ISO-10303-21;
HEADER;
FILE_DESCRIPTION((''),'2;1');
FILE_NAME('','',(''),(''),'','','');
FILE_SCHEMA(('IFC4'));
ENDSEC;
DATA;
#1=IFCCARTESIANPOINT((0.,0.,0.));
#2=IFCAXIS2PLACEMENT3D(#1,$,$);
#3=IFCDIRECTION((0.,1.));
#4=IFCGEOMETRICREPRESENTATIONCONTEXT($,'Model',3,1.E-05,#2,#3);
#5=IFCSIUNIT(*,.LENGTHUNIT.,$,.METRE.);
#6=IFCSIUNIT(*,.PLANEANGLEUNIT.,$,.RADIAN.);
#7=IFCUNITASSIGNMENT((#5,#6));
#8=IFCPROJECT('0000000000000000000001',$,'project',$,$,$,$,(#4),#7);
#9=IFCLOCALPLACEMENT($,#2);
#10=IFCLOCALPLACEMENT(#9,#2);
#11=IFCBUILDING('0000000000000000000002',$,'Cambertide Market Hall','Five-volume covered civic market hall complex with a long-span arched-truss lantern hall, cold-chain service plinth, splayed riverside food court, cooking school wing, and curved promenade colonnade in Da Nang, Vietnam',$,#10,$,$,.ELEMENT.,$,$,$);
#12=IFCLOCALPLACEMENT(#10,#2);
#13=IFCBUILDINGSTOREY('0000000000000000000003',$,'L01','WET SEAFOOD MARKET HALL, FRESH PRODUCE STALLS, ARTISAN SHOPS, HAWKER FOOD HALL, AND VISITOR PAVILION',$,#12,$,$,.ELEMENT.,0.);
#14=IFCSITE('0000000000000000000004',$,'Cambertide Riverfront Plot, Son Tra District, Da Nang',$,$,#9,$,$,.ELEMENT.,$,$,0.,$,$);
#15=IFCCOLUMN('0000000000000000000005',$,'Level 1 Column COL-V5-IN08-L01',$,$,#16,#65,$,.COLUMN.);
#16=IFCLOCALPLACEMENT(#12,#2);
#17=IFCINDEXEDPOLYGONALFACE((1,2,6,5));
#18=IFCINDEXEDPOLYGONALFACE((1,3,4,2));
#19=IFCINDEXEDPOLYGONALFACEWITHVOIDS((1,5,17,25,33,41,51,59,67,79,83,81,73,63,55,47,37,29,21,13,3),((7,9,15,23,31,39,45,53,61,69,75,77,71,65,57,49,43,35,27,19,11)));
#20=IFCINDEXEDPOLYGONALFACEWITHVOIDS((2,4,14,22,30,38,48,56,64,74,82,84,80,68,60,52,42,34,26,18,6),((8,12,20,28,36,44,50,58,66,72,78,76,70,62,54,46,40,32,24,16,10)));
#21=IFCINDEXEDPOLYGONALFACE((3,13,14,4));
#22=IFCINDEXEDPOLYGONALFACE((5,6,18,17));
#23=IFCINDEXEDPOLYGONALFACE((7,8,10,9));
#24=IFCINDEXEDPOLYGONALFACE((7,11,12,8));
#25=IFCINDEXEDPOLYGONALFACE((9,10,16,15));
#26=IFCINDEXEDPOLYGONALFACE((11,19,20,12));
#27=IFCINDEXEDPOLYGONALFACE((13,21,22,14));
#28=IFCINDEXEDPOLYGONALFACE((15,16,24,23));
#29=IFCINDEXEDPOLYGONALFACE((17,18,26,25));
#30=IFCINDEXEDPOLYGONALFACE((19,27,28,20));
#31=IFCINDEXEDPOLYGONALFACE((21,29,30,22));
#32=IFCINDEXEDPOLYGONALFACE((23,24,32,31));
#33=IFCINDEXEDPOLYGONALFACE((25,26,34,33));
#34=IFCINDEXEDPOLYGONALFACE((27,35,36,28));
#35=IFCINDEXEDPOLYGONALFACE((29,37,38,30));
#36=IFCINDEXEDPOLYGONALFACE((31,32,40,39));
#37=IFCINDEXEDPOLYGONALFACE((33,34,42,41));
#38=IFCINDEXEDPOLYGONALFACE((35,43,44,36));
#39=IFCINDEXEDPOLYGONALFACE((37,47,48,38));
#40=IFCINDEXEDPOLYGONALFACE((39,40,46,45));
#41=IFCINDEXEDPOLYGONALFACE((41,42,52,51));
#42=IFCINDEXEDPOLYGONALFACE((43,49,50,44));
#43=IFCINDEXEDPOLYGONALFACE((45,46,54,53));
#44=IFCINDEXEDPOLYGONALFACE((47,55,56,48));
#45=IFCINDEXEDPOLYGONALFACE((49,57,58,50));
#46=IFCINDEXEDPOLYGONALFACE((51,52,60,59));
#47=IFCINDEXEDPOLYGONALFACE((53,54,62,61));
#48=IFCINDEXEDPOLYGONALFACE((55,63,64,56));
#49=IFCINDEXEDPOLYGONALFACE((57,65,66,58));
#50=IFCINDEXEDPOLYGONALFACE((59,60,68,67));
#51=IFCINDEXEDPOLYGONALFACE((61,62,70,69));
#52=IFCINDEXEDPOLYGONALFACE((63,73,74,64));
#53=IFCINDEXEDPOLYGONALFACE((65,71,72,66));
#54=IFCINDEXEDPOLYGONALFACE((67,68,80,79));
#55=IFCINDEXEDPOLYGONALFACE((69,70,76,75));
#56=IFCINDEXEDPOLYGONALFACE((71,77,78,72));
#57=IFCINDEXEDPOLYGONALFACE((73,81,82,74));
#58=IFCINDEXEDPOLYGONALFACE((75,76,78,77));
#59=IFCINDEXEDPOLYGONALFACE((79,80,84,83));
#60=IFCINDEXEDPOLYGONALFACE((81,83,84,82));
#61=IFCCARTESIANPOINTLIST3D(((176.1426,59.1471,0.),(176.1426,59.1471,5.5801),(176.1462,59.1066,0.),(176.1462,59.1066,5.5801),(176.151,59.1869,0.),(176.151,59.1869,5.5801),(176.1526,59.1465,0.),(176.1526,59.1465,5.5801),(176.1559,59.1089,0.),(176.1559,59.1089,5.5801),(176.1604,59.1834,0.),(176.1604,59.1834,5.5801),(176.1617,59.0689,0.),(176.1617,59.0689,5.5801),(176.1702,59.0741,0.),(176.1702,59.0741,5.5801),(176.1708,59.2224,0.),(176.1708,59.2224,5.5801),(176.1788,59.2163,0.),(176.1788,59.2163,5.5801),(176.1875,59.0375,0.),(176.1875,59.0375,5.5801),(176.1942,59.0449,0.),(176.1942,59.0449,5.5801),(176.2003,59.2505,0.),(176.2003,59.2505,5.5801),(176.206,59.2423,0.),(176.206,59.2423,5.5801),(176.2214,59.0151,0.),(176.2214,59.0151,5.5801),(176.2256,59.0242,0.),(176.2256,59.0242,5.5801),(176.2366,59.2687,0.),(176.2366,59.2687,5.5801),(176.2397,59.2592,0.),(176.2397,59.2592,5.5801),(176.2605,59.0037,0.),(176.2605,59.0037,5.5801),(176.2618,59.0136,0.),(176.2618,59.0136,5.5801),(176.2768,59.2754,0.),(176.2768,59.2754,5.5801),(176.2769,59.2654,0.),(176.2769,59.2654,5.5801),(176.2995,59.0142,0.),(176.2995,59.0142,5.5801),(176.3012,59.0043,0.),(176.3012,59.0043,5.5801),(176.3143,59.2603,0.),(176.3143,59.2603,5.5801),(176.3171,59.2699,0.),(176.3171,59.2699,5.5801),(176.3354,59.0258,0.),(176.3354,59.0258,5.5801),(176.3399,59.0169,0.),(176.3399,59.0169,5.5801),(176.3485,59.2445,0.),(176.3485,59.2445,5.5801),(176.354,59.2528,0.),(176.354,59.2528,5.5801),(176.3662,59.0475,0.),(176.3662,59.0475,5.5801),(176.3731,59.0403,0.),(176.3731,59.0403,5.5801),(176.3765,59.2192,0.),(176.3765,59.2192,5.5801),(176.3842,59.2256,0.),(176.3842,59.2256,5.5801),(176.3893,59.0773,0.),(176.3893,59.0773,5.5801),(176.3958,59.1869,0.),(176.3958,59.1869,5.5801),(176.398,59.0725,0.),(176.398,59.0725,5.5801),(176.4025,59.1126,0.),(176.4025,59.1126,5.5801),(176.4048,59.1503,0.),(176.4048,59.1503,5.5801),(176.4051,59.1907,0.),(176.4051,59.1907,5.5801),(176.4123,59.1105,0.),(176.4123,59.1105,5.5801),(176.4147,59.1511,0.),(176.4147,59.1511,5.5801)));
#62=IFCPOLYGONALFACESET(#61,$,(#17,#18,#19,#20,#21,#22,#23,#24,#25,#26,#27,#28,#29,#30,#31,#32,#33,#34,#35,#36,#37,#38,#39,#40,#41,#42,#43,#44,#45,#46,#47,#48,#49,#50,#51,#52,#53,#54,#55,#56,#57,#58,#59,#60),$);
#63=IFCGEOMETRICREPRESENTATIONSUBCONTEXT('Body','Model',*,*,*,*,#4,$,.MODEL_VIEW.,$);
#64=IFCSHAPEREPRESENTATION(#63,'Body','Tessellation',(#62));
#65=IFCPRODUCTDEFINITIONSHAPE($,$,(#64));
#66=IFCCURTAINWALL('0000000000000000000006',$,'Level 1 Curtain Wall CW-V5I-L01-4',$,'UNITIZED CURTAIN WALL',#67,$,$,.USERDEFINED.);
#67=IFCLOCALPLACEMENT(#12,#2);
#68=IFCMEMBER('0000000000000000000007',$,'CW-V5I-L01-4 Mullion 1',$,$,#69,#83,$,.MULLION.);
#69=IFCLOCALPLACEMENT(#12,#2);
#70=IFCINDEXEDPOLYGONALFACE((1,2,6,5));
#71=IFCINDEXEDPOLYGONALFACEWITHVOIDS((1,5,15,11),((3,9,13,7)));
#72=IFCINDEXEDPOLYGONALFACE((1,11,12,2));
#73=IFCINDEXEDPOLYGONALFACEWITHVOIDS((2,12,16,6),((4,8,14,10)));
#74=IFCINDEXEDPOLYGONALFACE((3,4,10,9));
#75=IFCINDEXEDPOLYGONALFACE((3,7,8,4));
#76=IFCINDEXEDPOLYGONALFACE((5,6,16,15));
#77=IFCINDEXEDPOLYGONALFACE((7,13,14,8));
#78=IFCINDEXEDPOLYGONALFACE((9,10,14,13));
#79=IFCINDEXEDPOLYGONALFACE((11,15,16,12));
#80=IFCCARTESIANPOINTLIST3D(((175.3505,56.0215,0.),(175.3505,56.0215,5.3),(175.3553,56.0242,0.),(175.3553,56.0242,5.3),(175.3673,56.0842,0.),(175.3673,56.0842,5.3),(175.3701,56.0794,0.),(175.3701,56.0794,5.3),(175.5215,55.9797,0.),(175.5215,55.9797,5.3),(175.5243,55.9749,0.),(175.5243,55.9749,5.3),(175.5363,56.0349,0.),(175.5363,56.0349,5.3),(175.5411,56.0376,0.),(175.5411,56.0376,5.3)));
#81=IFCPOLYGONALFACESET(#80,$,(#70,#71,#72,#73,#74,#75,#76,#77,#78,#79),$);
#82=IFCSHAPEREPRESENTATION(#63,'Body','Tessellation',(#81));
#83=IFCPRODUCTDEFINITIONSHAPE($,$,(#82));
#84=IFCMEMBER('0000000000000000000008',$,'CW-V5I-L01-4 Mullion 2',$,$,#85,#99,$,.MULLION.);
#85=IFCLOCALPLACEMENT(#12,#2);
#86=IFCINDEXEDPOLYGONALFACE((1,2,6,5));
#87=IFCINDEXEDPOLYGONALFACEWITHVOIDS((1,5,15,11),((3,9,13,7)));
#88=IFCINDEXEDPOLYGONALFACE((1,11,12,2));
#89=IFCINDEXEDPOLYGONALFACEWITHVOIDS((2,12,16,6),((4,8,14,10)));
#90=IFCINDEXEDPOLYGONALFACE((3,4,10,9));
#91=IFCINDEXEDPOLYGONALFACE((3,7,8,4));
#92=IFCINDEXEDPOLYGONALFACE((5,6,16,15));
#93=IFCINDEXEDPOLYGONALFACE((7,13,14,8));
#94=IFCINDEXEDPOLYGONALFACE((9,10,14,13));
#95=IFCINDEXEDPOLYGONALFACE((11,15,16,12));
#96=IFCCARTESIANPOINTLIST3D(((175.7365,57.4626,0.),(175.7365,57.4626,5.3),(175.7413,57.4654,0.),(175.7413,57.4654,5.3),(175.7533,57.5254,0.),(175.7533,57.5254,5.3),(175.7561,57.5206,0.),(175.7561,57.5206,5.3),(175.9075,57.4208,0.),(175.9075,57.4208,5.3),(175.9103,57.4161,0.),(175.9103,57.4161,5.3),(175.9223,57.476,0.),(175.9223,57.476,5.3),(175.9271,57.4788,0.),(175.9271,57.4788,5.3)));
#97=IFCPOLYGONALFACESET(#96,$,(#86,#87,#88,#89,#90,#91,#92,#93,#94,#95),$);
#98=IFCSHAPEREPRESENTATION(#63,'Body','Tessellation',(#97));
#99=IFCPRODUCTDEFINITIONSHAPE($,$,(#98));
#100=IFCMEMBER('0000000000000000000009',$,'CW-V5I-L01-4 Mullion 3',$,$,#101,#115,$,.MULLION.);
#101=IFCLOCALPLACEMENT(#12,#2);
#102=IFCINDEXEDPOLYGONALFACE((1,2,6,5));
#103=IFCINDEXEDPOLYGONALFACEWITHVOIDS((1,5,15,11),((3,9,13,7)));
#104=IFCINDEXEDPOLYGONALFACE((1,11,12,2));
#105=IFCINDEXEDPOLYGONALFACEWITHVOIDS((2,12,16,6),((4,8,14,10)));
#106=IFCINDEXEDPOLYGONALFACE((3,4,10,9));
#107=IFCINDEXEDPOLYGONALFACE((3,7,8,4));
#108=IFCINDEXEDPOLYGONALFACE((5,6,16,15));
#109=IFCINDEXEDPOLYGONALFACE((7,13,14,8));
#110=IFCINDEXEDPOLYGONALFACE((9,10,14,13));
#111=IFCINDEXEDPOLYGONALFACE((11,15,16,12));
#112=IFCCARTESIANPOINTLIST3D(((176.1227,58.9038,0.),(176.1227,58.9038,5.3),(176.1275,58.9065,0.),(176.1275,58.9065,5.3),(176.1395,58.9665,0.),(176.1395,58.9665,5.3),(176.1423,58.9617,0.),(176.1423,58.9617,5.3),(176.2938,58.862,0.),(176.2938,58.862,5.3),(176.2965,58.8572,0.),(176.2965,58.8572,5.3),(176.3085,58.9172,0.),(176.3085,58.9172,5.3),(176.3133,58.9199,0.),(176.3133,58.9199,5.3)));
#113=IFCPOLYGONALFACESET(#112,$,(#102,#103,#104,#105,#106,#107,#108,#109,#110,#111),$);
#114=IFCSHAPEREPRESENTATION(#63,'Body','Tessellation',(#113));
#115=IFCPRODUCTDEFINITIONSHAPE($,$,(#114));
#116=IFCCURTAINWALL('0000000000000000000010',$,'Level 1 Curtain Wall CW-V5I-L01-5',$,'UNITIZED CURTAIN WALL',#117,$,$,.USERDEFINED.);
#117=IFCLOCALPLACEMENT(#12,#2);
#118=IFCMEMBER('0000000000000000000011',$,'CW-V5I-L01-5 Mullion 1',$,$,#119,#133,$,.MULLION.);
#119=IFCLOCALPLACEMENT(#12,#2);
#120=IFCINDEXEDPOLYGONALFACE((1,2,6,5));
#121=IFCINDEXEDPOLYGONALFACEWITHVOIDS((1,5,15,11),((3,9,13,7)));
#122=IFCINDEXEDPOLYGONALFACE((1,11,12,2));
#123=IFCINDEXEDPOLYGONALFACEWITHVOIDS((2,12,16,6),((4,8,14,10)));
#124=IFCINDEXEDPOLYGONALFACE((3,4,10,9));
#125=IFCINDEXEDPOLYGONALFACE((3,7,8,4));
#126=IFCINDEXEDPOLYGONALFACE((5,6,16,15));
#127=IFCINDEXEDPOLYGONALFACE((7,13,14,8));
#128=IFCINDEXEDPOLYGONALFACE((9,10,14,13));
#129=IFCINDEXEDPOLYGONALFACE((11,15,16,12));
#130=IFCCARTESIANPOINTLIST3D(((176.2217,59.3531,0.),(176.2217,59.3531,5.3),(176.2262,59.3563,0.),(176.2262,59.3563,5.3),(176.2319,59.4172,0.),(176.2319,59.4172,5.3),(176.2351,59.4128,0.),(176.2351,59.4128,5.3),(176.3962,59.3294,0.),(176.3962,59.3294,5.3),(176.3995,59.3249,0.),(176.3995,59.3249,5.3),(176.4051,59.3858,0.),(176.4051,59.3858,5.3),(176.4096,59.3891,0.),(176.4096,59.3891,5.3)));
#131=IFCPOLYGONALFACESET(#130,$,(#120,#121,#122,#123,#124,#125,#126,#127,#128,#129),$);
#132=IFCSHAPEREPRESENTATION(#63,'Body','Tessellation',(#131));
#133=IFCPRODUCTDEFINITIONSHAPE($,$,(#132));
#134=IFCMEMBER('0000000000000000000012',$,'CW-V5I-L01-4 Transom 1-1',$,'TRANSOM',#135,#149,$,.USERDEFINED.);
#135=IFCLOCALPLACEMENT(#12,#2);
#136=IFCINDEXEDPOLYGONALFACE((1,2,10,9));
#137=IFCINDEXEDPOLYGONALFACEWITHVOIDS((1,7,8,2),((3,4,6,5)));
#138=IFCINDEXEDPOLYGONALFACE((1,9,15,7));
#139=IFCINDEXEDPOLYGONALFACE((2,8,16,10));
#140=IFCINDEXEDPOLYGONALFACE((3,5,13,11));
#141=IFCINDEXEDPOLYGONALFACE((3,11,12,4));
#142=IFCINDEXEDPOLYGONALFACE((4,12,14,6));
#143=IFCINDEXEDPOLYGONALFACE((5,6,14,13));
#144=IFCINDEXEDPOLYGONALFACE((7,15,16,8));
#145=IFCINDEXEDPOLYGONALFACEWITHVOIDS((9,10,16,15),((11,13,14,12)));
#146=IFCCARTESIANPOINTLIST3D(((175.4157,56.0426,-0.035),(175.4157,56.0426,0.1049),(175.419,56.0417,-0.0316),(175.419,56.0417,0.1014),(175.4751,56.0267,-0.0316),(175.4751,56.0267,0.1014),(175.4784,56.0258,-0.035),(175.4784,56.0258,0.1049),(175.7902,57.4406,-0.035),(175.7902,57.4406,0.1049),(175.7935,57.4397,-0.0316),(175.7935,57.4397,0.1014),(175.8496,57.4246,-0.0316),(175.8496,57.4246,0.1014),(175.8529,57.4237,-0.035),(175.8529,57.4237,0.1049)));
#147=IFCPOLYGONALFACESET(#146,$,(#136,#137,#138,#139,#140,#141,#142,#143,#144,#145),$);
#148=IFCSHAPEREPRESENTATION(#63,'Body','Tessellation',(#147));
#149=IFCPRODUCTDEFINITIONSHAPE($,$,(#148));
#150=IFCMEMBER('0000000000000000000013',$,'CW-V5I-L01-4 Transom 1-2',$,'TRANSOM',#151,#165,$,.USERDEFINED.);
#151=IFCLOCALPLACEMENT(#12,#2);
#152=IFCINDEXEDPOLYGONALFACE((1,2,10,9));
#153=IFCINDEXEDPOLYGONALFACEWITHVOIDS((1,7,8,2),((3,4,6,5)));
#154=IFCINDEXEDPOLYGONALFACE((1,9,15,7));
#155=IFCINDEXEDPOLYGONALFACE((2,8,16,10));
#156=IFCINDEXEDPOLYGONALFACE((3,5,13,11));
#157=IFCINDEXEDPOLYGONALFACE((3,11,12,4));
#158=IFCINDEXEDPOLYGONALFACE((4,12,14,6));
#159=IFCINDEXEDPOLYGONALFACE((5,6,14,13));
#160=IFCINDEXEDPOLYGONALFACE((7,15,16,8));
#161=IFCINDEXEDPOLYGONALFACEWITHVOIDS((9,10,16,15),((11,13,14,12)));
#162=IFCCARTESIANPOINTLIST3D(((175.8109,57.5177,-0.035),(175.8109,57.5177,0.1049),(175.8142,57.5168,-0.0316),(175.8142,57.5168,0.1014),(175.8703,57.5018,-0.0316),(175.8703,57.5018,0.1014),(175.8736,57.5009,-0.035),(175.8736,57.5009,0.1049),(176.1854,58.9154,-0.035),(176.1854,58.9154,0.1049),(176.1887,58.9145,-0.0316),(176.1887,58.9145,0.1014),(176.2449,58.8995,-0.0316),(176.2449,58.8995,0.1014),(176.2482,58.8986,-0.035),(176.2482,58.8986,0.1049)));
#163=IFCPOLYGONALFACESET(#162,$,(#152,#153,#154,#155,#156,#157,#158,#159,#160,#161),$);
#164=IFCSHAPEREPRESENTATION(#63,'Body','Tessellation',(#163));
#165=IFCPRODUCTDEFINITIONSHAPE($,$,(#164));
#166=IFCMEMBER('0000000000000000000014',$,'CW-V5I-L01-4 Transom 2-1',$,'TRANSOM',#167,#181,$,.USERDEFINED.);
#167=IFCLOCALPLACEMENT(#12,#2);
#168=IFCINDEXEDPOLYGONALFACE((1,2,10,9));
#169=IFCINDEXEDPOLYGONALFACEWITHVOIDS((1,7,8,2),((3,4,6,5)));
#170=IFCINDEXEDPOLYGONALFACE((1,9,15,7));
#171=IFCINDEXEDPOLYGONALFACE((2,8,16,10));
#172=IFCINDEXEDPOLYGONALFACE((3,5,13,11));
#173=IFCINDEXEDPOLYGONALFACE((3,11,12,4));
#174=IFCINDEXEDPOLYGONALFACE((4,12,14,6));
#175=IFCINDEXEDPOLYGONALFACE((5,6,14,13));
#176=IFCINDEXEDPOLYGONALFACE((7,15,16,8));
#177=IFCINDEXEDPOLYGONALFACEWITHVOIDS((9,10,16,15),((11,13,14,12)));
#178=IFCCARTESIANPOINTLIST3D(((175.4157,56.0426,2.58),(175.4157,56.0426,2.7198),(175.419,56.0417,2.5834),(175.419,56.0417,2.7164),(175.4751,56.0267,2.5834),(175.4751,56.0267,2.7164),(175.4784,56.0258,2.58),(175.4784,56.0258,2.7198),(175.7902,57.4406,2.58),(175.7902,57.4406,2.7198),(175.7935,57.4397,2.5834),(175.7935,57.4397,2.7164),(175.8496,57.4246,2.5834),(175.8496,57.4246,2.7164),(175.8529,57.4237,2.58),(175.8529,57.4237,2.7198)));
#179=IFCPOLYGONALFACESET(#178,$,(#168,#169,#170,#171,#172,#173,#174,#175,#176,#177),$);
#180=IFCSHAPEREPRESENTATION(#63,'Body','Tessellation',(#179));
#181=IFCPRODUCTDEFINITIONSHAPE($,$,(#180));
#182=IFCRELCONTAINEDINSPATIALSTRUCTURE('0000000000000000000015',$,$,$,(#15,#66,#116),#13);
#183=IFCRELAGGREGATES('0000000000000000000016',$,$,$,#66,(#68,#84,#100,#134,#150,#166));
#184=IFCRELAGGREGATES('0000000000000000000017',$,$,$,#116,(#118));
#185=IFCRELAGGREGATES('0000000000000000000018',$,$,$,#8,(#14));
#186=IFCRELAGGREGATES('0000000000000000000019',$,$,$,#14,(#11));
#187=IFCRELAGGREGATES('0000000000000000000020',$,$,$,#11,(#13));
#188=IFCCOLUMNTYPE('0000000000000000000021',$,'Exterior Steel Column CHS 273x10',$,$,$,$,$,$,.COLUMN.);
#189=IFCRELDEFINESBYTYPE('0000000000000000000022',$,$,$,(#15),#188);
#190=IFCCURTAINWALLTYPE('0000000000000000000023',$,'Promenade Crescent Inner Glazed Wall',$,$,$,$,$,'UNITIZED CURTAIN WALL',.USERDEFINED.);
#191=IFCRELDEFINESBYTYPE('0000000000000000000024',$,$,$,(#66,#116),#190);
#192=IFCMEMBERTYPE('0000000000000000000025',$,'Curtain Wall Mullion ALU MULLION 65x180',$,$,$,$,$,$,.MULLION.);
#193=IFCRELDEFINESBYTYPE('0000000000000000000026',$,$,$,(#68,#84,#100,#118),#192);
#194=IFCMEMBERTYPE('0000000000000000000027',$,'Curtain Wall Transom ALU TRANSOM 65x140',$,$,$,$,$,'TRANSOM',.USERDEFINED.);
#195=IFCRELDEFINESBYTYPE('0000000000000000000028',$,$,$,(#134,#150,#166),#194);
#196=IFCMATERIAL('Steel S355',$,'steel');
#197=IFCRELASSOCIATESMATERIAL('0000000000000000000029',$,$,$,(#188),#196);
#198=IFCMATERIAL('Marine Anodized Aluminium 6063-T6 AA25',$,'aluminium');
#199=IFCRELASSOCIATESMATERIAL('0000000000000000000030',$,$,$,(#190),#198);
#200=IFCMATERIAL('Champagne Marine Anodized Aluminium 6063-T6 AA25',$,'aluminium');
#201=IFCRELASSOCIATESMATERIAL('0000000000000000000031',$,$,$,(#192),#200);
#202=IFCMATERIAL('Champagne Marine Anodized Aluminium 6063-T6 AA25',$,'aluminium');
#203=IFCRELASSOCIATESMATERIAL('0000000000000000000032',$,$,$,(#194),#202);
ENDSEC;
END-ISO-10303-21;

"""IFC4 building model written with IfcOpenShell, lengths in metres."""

from ifc_helpers import new_model, si_unit, direction, frame, origin, origin_2d, place, context, subcontext, project, spatial, hollow_rectangle, hollow_circle, extrude, material, material_profile, profile_set, type_object, element, aggregate, save


model = new_model("IFC4")

# Units and contexts
model_context = context("Model", 3, precision=1e-05, world=origin(), true_north=direction((0.0, 1.0)))
body_context = subcontext(model_context, "Body", "Model", "MODEL_VIEW")
ifc_project = project(units=[si_unit("LENGTHUNIT", "METRE"), si_unit("PLANEANGLEUNIT", "RADIAN")], contexts=[model_context])

# Site, building, storey
site_placement = place(None, origin())
site = spatial("IfcSite", under=ifc_project, at=site_placement, Name="Cambertide Riverfront Plot, Son Tra District, Da Nang", CompositionType="ELEMENT", RefElevation=0.0)
building_placement = place(site_placement, origin())
building = spatial("IfcBuilding", under=site, at=building_placement, Name="Cambertide Market Hall", Description="Five-volume covered civic market hall complex with a long-span arched-truss lantern hall, cold-chain service plinth, splayed riverside food court, cooking school wing, and curved promenade colonnade in Da Nang, Vietnam", CompositionType="ELEMENT")
storey_placement = place(building_placement, origin())
storey = spatial("IfcBuildingStorey", under=building, at=storey_placement, Name="L01", Description="WET SEAFOOD MARKET HALL, FRESH PRODUCE STALLS, ARTISAN SHOPS, HAWKER FOOD HALL, AND VISITOR PAVILION", CompositionType="ELEMENT", Elevation=0.0)

# Column
ifc_material_1 = material(Name="Steel S355", Category="steel")
ifc_material_profile_1 = material_profile(ifc_material_1, hollow_circle(Radius=0.1365, WallThickness=0.01, at=origin_2d()), Name="CHS 273x10")
ifc_profile_set_1 = profile_set([ifc_material_profile_1], Name="Steel S355")
column_type = type_object("IfcColumnType", Name="Exterior Steel Column CHS 273x10", PredefinedType="COLUMN", material=ifc_profile_set_1)
column_placement = place(storey_placement, frame((176.2788, 59.1389, 0.0), z_axis=(0.0, 0.0, 1.0), x_axis=(0.978148, -0.207912, 0.0)))
element("IfcColumn", 1, at=column_placement, inside=storey, type_object=column_type, Name="Level 1 Column COL-V5-IN08-L01", PredefinedType="COLUMN", context=body_context, shape_type="SweptSolid", body=[
    extrude(hollow_circle(Radius=0.1365, WallThickness=0.01, at=origin_2d()), origin(), (0.0, 0.0, 1.0), 5.5801),
])

# Curtain wall, members
ifc_material_2 = material(Name="Marine Anodized Aluminium 6063-T6 AA25", Category="aluminium")
curtain_wall_type = type_object("IfcCurtainWallType", Name="Promenade Crescent Inner Glazed Wall", ElementType="UNITIZED CURTAIN WALL", PredefinedType="USERDEFINED", material=ifc_material_2)
curtain_wall_1_placement = place(storey_placement, origin())
curtain_wall_1 = element("IfcCurtainWall", 2, at=curtain_wall_1_placement, inside=storey, type_object=curtain_wall_type, Name="Level 1 Curtain Wall CW-V5I-L01-4", ObjectType="UNITIZED CURTAIN WALL", PredefinedType="USERDEFINED")
ifc_material_3 = material(Name="Champagne Marine Anodized Aluminium 6063-T6 AA25", Category="aluminium")
ifc_material_profile_2 = material_profile(ifc_material_3, hollow_rectangle(XDim=0.0649, YDim=0.1799, WallThickness=0.0039, at=origin_2d()), Name="ALU MULLION 65x180")
ifc_profile_set_2 = profile_set([ifc_material_profile_2], Name="Champagne Marine Anodized Aluminium 6063-T6 AA25")
member_type_1 = type_object("IfcMemberType", Name="Curtain Wall Mullion ALU MULLION 65x180", PredefinedType="MULLION", material=ifc_profile_set_2)
member_1_placement = place(storey_placement, frame((175.4458, 56.0295, 0.0), z_axis=(0.0, 0.0, 1.0), x_axis=(0.258819, 0.965926, 0.0)))
member_1 = element("IfcMember", 3, at=member_1_placement, type_object=member_type_1, Name="CW-V5I-L01-4 Mullion 1", PredefinedType="MULLION", context=body_context, shape_type="SweptSolid", body=[
    extrude(hollow_rectangle(XDim=0.0649, YDim=0.1799, WallThickness=0.0039, at=origin_2d()), origin(), (0.0, 0.0, 1.0), 5.3),
])
member_2_placement = place(storey_placement, frame((175.8318, 57.4707, 0.0), z_axis=(0.0, 0.0, 1.0), x_axis=(0.258819, 0.965926, 0.0)))
member_2 = element("IfcMember", 4, at=member_2_placement, type_object=member_type_1, Name="CW-V5I-L01-4 Mullion 2", PredefinedType="MULLION", context=body_context, shape_type="SweptSolid", body=[
    extrude(hollow_rectangle(XDim=0.0649, YDim=0.1799, WallThickness=0.0039, at=origin_2d()), origin(), (0.0, 0.0, 1.0), 5.3),
])
member_3_placement = place(storey_placement, frame((176.218, 58.9119, 0.0), z_axis=(0.0, 0.0, 1.0), x_axis=(0.258819, 0.965926, 0.0)))
member_3 = element("IfcMember", 5, at=member_3_placement, type_object=member_type_1, Name="CW-V5I-L01-4 Mullion 3", PredefinedType="MULLION", context=body_context, shape_type="SweptSolid", body=[
    extrude(hollow_rectangle(XDim=0.0649, YDim=0.1799, WallThickness=0.0039, at=origin_2d()), origin(), (0.0, 0.0, 1.0), 5.3),
])

# Curtain wall, member
curtain_wall_2_placement = place(storey_placement, origin())
curtain_wall_2 = element("IfcCurtainWall", 6, at=curtain_wall_2_placement, inside=storey, type_object=curtain_wall_type, Name="Level 1 Curtain Wall CW-V5I-L01-5", ObjectType="UNITIZED CURTAIN WALL", PredefinedType="USERDEFINED")
member_4_placement = place(storey_placement, frame((176.3157, 59.3711, 0.0), z_axis=(0.0, 0.0, 1.0), x_axis=(0.156435, 0.987688, 0.0)))
member_4 = element("IfcMember", 7, at=member_4_placement, type_object=member_type_1, Name="CW-V5I-L01-5 Mullion 1", PredefinedType="MULLION", context=body_context, shape_type="SweptSolid", body=[
    extrude(hollow_rectangle(XDim=0.0649, YDim=0.1799, WallThickness=0.0039, at=origin_2d()), origin(), (0.0, 0.0, 1.0), 5.3),
])

# Members
ifc_material_4 = material(Name="Champagne Marine Anodized Aluminium 6063-T6 AA25", Category="aluminium")
ifc_material_profile_3 = material_profile(ifc_material_4, hollow_rectangle(XDim=0.0649, YDim=0.1399, WallThickness=0.0034, at=origin_2d()), Name="ALU TRANSOM 65x140")
ifc_profile_set_3 = profile_set([ifc_material_profile_3], Name="Champagne Marine Anodized Aluminium 6063-T6 AA25")
member_type_2 = type_object("IfcMemberType", Name="Curtain Wall Transom ALU TRANSOM 65x140", ElementType="TRANSOM", PredefinedType="USERDEFINED", material=ifc_profile_set_3)
member_5_placement = place(storey_placement, frame((175.447, 56.0342, 0.0349), z_axis=(0.258775, 0.965938, 0.0), x_axis=(-0.965938, 0.258775, 0.0)))
member_5 = element("IfcMember", 8, at=member_5_placement, type_object=member_type_2, Name="CW-V5I-L01-4 Transom 1-1", ObjectType="TRANSOM", PredefinedType="USERDEFINED", context=body_context, shape_type="SweptSolid", body=[
    extrude(hollow_rectangle(XDim=0.0649, YDim=0.1399, WallThickness=0.0034, at=origin_2d()), origin(), (0.0, 0.0, 1.0), 1.4473),
])
member_6_placement = place(storey_placement, frame((175.8423, 57.5093, 0.0349), z_axis=(0.258818, 0.965926, 0.0), x_axis=(-0.965926, 0.258818, 0.0)))
member_6 = element("IfcMember", 9, at=member_6_placement, type_object=member_type_2, Name="CW-V5I-L01-4 Transom 1-2", ObjectType="TRANSOM", PredefinedType="USERDEFINED", context=body_context, shape_type="SweptSolid", body=[
    extrude(hollow_rectangle(XDim=0.0649, YDim=0.1399, WallThickness=0.0034, at=origin_2d()), origin(), (0.0, 0.0, 1.0), 1.447),
])
member_7_placement = place(storey_placement, frame((175.447, 56.0342, 2.6499), z_axis=(0.258775, 0.965938, 0.0), x_axis=(-0.965938, 0.258775, 0.0)))
member_7 = element("IfcMember", 10, at=member_7_placement, type_object=member_type_2, Name="CW-V5I-L01-4 Transom 2-1", ObjectType="TRANSOM", PredefinedType="USERDEFINED", context=body_context, shape_type="SweptSolid", body=[
    extrude(hollow_rectangle(XDim=0.0649, YDim=0.1399, WallThickness=0.0034, at=origin_2d()), origin(), (0.0, 0.0, 1.0), 1.4473),
])

aggregate(curtain_wall_1, [member_1, member_2, member_3, member_5, member_6, member_7])
aggregate(curtain_wall_2, [member_4])

save(model, "model.ifc")
